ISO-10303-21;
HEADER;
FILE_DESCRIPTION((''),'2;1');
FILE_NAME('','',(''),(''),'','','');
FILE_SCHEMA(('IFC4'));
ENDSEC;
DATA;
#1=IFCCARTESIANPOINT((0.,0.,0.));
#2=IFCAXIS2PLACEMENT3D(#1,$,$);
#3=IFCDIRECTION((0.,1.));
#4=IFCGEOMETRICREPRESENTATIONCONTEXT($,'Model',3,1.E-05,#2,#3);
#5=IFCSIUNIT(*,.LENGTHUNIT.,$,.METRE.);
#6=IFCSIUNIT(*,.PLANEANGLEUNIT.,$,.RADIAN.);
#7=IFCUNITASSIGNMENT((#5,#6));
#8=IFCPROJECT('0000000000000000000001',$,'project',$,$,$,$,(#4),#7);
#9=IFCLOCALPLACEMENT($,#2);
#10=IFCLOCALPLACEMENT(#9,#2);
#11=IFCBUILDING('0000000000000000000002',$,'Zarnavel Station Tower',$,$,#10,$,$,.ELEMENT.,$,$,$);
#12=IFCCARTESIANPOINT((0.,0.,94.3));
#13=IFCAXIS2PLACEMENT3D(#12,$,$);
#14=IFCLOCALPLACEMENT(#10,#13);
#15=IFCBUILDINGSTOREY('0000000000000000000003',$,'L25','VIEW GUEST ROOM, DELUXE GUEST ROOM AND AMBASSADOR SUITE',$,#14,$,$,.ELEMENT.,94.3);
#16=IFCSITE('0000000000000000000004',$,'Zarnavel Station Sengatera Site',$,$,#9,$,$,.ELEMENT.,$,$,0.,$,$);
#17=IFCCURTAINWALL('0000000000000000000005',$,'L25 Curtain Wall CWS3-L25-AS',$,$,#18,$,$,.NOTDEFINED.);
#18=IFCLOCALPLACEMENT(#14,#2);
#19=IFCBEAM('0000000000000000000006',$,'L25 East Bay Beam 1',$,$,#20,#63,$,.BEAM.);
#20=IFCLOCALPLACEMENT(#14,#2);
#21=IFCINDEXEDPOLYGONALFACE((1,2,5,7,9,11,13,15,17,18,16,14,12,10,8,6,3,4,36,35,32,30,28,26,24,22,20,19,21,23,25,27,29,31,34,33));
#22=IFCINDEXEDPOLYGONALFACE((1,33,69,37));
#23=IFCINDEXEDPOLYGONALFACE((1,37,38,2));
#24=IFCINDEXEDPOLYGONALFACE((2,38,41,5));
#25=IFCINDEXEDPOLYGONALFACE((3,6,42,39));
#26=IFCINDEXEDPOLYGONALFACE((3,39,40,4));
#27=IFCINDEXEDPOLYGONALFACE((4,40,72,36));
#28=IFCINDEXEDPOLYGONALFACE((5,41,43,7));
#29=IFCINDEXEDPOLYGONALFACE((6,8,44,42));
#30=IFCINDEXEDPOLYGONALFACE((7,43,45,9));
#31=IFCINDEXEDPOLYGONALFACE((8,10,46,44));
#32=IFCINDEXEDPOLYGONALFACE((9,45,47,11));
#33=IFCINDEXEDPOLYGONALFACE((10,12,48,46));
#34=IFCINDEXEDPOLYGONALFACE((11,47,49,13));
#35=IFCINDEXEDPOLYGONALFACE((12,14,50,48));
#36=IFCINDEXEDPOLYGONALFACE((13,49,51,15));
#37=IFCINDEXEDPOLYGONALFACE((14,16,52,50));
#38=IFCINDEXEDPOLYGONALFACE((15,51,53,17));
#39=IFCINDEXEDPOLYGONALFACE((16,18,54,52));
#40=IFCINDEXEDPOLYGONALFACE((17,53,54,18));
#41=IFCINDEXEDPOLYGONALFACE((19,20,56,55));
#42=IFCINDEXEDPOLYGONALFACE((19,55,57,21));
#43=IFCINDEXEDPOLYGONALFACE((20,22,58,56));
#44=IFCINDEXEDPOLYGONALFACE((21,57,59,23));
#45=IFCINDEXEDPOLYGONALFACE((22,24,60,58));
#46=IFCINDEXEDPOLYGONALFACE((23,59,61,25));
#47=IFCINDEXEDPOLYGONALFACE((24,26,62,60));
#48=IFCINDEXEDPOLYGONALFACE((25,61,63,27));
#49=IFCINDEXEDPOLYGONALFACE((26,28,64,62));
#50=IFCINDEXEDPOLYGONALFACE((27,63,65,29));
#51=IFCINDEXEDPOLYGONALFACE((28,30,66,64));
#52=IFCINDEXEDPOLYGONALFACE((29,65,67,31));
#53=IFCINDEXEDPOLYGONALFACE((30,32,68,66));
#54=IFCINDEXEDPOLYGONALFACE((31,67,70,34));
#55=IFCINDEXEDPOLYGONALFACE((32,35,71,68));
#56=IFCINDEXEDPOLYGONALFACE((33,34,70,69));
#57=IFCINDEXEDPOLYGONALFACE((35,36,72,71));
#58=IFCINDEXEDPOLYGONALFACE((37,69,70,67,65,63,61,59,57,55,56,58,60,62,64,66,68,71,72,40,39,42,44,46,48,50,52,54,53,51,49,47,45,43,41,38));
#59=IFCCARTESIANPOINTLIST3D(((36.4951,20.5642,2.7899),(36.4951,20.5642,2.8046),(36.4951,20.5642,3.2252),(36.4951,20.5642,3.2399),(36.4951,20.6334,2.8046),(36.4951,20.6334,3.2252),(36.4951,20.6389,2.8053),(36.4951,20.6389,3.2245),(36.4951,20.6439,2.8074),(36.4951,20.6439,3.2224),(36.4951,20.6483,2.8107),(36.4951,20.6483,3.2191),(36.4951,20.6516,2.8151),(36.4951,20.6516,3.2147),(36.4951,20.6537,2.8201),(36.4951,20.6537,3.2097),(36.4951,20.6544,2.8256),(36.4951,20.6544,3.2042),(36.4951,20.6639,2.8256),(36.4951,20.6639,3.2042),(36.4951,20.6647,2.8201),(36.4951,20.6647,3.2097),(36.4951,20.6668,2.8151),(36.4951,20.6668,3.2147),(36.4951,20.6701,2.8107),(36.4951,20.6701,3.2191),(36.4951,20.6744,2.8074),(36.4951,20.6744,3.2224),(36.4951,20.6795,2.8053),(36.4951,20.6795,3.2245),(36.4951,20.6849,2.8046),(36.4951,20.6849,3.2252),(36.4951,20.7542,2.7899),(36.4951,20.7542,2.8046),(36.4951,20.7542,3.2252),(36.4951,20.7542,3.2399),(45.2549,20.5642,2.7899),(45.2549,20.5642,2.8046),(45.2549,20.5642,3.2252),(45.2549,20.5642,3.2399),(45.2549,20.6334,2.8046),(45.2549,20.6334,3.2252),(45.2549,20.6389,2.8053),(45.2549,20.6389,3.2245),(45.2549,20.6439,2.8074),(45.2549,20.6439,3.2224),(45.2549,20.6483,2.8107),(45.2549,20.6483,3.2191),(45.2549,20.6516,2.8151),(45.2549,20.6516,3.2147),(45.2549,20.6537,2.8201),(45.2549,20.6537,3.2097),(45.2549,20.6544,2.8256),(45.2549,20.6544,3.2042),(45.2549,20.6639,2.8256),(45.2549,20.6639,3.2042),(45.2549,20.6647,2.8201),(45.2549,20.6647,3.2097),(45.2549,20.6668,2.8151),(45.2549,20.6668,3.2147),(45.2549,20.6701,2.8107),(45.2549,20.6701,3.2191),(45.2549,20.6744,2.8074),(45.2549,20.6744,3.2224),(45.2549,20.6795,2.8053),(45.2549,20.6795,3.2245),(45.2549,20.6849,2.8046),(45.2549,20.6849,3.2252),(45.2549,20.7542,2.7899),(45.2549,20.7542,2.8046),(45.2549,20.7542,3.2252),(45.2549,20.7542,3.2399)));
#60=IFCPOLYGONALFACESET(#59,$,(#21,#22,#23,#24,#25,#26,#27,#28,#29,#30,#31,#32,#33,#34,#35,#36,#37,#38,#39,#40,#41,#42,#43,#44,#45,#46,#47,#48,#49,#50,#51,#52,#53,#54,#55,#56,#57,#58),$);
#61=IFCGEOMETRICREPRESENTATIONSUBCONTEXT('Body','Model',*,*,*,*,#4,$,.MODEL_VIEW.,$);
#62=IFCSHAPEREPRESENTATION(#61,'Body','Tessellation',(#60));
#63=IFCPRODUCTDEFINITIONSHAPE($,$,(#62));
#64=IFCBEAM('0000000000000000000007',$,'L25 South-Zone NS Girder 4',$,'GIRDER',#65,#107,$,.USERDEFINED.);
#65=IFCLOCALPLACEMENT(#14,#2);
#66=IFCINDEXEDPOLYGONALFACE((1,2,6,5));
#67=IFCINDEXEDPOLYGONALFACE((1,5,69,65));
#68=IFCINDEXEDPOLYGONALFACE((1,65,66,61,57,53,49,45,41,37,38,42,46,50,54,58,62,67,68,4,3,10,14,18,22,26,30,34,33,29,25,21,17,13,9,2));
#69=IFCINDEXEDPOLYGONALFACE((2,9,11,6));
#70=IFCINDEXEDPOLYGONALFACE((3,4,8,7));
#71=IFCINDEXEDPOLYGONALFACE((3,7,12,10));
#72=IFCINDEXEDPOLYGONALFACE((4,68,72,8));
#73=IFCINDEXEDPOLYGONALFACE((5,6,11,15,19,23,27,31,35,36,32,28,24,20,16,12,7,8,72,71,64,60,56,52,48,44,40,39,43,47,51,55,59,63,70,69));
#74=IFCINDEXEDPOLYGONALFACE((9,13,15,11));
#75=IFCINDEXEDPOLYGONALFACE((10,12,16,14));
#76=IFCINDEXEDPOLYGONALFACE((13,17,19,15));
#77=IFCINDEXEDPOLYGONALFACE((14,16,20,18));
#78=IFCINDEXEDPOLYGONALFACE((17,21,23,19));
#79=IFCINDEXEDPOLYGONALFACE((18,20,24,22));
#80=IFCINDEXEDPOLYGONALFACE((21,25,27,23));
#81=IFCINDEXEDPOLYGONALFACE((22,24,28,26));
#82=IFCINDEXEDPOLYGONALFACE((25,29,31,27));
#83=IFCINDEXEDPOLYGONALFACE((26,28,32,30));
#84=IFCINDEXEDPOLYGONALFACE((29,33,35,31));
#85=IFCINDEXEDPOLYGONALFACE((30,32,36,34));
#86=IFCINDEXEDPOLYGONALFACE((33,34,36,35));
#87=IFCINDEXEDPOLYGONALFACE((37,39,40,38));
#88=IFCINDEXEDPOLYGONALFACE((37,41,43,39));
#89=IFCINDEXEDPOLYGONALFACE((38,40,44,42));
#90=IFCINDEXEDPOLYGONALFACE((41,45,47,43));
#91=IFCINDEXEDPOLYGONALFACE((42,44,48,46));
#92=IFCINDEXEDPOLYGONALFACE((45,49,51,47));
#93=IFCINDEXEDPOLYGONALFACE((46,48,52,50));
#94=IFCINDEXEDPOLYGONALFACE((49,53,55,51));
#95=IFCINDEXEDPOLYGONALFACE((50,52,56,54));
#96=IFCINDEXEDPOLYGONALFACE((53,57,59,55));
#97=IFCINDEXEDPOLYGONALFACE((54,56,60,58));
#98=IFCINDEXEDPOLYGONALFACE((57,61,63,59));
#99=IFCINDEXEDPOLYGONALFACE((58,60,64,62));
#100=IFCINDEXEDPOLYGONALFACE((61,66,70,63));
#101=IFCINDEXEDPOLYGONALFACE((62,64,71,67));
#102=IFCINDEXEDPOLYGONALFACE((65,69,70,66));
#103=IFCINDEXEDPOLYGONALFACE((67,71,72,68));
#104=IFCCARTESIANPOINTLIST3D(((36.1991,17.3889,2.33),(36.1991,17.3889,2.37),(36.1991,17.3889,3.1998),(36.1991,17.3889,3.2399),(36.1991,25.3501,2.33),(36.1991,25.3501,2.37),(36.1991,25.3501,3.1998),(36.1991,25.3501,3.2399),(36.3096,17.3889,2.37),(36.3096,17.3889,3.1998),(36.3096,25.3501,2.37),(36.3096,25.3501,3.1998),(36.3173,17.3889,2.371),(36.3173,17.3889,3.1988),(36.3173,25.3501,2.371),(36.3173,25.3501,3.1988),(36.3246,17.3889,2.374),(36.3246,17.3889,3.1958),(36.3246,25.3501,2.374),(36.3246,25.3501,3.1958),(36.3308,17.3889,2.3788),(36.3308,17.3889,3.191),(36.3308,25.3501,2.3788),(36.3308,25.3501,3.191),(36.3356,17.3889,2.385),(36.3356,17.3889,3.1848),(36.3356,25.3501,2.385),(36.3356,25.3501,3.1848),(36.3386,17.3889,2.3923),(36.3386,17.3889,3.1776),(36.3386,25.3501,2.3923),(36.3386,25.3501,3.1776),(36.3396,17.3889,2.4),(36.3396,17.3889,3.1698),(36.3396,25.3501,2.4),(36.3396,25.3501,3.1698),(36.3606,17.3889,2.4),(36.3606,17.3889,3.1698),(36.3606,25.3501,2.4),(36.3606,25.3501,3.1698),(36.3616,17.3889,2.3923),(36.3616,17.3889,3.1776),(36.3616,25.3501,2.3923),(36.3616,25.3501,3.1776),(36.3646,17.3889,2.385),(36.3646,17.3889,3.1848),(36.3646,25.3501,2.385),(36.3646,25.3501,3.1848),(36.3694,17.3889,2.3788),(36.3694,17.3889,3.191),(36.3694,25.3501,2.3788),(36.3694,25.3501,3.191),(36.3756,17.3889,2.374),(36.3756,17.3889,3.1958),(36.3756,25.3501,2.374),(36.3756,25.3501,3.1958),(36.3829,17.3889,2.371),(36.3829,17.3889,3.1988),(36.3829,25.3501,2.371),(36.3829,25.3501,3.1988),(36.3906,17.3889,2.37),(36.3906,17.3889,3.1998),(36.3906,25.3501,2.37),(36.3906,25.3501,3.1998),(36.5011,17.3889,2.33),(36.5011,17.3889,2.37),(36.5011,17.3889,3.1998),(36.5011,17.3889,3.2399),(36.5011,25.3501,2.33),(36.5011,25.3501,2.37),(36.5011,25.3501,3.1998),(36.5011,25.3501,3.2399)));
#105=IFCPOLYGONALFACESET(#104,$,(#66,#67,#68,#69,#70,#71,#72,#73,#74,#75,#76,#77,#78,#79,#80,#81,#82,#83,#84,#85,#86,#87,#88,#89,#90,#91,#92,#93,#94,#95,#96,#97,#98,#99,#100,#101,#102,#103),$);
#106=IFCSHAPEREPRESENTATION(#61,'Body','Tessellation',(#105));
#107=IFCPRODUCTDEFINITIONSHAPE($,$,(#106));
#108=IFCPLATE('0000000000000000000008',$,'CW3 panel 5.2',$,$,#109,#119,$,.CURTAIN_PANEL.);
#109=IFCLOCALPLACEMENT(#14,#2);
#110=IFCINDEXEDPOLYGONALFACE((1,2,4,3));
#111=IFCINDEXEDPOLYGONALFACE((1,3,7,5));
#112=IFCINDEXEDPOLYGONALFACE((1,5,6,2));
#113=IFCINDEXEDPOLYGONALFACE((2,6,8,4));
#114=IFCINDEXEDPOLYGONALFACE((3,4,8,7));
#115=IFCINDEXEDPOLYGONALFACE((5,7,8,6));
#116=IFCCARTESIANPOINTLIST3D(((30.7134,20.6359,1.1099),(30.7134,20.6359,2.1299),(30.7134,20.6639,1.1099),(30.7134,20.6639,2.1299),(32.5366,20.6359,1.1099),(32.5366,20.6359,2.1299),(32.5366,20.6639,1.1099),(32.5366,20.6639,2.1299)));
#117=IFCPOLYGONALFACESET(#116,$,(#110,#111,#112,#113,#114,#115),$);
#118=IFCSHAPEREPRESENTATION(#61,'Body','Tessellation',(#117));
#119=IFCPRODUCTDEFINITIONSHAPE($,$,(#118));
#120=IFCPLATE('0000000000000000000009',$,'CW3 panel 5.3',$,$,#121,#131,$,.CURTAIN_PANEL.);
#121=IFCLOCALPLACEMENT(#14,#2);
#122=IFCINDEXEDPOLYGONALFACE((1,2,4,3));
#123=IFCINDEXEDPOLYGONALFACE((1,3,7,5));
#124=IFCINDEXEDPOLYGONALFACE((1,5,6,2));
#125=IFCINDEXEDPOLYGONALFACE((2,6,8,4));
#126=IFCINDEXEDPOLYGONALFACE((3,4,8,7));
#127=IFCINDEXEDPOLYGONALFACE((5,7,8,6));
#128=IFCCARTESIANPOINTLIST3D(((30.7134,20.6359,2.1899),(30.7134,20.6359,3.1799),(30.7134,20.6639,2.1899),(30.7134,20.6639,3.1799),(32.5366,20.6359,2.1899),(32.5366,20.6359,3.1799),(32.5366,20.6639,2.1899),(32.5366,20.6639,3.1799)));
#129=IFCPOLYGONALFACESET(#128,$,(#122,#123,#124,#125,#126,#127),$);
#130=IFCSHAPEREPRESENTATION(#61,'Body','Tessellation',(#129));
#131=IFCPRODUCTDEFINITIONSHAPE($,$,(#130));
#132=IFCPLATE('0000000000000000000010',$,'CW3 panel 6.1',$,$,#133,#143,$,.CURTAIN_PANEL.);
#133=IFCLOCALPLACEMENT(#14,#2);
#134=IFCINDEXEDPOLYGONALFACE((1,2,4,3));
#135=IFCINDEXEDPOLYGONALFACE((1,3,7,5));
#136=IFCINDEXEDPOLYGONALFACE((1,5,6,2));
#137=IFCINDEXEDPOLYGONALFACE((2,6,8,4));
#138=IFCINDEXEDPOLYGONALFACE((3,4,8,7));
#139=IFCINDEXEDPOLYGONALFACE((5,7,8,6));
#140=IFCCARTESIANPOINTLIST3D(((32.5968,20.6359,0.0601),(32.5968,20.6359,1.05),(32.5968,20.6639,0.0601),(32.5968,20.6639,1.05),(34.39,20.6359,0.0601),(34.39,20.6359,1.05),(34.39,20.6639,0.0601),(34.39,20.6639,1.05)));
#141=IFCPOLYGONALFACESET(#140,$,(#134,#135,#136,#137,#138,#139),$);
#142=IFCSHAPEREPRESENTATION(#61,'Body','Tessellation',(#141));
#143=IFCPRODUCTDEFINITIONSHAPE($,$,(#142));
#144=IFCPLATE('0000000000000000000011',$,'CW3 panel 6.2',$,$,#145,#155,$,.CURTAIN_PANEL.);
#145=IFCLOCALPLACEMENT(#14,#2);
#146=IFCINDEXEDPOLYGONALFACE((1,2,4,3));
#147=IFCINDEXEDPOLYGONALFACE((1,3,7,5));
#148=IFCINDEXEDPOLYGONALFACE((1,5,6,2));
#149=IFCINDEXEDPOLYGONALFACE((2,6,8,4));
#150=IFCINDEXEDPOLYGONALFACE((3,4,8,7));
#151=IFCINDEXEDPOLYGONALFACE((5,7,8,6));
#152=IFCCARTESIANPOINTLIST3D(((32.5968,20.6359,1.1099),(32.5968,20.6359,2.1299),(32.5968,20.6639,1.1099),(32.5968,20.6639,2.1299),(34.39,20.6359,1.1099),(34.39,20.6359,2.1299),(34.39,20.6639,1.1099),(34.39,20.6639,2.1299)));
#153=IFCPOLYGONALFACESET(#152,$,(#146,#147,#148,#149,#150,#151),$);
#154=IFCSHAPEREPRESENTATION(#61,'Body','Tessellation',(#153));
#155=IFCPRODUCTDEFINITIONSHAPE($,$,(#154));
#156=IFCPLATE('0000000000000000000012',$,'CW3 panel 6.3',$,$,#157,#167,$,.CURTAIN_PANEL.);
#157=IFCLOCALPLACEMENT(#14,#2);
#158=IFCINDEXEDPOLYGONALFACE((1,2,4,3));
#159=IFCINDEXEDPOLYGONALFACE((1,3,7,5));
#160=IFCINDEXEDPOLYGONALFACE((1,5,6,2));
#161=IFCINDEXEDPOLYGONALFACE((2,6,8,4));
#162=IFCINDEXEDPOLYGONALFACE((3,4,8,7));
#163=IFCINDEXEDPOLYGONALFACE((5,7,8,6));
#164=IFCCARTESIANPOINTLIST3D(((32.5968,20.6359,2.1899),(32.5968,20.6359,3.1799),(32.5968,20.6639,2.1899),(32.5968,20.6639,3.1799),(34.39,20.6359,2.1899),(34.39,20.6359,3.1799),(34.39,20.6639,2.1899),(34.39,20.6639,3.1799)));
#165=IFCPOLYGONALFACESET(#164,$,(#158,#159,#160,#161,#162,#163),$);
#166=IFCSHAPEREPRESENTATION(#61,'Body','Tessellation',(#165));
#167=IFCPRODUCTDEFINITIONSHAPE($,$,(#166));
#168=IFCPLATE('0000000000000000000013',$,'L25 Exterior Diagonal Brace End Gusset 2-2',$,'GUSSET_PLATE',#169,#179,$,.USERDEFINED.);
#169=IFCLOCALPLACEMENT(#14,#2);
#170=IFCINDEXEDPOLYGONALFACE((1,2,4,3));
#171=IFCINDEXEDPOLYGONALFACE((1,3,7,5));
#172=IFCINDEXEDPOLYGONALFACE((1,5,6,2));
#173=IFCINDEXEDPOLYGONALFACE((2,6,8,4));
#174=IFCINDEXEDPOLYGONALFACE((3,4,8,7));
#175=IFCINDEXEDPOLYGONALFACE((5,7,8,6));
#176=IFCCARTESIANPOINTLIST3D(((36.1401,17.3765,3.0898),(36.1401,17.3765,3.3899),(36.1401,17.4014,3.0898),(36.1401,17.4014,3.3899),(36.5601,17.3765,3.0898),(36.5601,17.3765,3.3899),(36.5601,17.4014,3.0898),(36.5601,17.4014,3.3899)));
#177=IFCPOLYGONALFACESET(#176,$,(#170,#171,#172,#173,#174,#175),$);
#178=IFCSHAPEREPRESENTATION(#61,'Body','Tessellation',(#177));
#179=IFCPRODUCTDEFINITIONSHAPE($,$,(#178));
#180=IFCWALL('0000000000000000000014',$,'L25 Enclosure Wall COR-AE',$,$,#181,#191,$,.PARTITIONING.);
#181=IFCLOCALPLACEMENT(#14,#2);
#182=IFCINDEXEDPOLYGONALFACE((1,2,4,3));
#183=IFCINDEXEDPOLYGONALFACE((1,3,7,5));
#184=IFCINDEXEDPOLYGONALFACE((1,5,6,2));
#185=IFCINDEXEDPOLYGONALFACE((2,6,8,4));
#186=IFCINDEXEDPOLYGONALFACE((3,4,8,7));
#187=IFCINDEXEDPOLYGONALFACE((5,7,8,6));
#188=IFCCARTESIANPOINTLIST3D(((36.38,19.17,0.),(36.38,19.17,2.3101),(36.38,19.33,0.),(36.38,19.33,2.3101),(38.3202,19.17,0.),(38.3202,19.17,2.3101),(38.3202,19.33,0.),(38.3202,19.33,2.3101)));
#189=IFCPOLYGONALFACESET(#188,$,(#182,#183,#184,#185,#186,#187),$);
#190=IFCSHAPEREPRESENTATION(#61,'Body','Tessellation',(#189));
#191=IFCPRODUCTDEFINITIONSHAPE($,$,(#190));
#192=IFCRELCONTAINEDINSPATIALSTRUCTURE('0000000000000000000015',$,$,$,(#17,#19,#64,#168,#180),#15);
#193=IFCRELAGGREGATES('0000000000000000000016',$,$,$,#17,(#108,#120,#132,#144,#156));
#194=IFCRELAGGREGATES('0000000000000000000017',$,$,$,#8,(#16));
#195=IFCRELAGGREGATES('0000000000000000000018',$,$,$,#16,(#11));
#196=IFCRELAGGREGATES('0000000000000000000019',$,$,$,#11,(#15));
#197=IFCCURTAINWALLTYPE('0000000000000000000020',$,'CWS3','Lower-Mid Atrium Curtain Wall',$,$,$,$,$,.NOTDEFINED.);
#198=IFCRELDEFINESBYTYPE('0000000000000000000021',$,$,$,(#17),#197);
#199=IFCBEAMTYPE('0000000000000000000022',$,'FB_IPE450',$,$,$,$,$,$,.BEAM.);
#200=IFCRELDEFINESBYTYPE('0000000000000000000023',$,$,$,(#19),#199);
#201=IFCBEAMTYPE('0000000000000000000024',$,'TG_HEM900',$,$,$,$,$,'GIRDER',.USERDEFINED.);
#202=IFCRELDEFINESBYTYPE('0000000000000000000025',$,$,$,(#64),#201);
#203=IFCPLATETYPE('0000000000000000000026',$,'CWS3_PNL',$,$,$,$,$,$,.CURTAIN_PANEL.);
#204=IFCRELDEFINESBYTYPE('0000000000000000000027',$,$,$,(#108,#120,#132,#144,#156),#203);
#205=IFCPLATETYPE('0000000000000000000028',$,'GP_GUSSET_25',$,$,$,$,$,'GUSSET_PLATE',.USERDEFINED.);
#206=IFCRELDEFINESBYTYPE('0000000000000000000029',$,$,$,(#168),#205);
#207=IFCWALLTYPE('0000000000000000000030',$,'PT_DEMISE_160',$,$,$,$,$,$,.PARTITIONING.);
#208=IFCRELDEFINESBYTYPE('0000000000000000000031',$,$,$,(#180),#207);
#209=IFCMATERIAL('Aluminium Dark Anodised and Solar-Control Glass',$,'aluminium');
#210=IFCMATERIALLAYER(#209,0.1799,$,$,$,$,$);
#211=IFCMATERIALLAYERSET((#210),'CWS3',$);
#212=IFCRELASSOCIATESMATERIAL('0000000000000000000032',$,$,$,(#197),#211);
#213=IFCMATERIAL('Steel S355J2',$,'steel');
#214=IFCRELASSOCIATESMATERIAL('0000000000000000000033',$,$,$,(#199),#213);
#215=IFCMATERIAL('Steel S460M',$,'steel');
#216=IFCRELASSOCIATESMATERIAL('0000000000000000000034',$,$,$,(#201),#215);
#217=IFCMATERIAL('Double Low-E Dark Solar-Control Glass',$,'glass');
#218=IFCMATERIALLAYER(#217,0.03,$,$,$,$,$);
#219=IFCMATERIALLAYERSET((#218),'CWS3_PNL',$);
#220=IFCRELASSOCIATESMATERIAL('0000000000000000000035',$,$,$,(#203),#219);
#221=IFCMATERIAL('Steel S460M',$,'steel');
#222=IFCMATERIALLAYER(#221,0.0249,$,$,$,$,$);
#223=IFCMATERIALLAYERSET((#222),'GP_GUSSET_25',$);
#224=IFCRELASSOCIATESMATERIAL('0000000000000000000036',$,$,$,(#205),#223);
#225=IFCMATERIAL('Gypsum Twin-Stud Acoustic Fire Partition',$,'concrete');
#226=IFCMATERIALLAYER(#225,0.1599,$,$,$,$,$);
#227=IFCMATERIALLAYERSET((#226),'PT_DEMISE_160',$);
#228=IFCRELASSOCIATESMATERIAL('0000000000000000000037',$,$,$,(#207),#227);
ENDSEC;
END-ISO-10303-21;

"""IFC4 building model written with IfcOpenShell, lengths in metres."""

from ifc_helpers import new_model, si_unit, direction, frame, frame_2d, origin, origin_2d, place, context, subcontext, project, spatial, rectangle, i_section, extrude, material, layer, layer_set, material_profile, profile_set, type_object, element, aggregate, save


model = new_model("IFC4")

# Units and contexts
model_context = context("Model", 3, precision=1e-05, world=origin(), true_north=direction((0.0, 1.0)))
body_context = subcontext(model_context, "Body", "Model", "MODEL_VIEW")
ifc_project = project(units=[si_unit("LENGTHUNIT", "METRE"), si_unit("PLANEANGLEUNIT", "RADIAN")], contexts=[model_context])

# Site, building, storey
site_placement = place(None, origin())
site = spatial("IfcSite", under=ifc_project, at=site_placement, Name="Zarnavel Station Sengatera Site", CompositionType="ELEMENT", RefElevation=0.0)
building_placement = place(site_placement, origin())
building = spatial("IfcBuilding", under=site, at=building_placement, Name="Zarnavel Station Tower", CompositionType="ELEMENT")
storey_placement = place(building_placement, frame((0.0, 0.0, 94.3)))
storey = spatial("IfcBuildingStorey", under=building, at=storey_placement, Name="L25", Description="VIEW GUEST ROOM, DELUXE GUEST ROOM AND AMBASSADOR SUITE", CompositionType="ELEMENT", Elevation=94.3)

# Curtain wall
ifc_material_1 = material(Name="Aluminium Dark Anodised and Solar-Control Glass", Category="aluminium")
ifc_layer_1 = layer(ifc_material_1, 0.1799)
ifc_layer_set_1 = layer_set([ifc_layer_1], Name="CWS3")
curtain_wall_type = type_object("IfcCurtainWallType", Name="CWS3", Description="Lower-Mid Atrium Curtain Wall", PredefinedType="NOTDEFINED", material=ifc_layer_set_1)
curtain_wall_placement = place(storey_placement, origin())
curtain_wall = element("IfcCurtainWall", 1, at=curtain_wall_placement, inside=storey, type_object=curtain_wall_type, Name="L25 Curtain Wall CWS3-L25-AS", PredefinedType="NOTDEFINED")

# Beams
ifc_material_2 = material(Name="Steel S355J2", Category="steel")
ifc_material_profile_1 = material_profile(ifc_material_2, i_section(OverallWidth=0.1899, OverallDepth=0.45, WebThickness=0.0095, FlangeThickness=0.0146, FilletRadius=0.021, at=origin_2d()), Name="IPE450")
ifc_profile_set_1 = profile_set([ifc_material_profile_1], Name="Steel S355J2")
beam_type_1 = type_object("IfcBeamType", Name="FB_IPE450", PredefinedType="BEAM", material=ifc_profile_set_1)
beam_1_placement = place(storey_placement, frame((36.4951, 20.6592, 3.0149), z_axis=(1.0, 0.0, 0.0), x_axis=(0.0, 1.0, 0.0)))
element("IfcBeam", 2, at=beam_1_placement, inside=storey, type_object=beam_type_1, Name="L25 East Bay Beam 1", PredefinedType="BEAM", context=body_context, shape_type="SweptSolid", body=[
    extrude(i_section(OverallWidth=0.1899, OverallDepth=0.45, WebThickness=0.0095, FlangeThickness=0.0146, FilletRadius=0.021, at=origin_2d()), origin(), (0.0, 0.0, 1.0), 8.7598),
])
ifc_material_3 = material(Name="Steel S460M", Category="steel")
ifc_material_profile_2 = material_profile(ifc_material_3, i_section(OverallWidth=0.302, OverallDepth=0.9099, WebThickness=0.021, FlangeThickness=0.04, FilletRadius=0.03, at=origin_2d()), Name="HEM900")
ifc_profile_set_2 = profile_set([ifc_material_profile_2], Name="Steel S460M")
beam_type_2 = type_object("IfcBeamType", Name="TG_HEM900", ElementType="GIRDER", PredefinedType="USERDEFINED", material=ifc_profile_set_2)
beam_2_placement = place(storey_placement, frame((36.3501, 17.3889, 2.7849), z_axis=(0.0, 1.0, 0.0), x_axis=(-1.0, 0.0, 0.0)))
element("IfcBeam", 3, at=beam_2_placement, inside=storey, type_object=beam_type_2, Name="L25 South-Zone NS Girder 4", ObjectType="GIRDER", PredefinedType="USERDEFINED", context=body_context, shape_type="SweptSolid", body=[
    extrude(i_section(OverallWidth=0.302, OverallDepth=0.9099, WebThickness=0.021, FlangeThickness=0.04, FilletRadius=0.03, at=origin_2d()), origin(), (0.0, 0.0, 1.0), 7.9612),
])

# Plates
ifc_material_4 = material(Name="Double Low-E Dark Solar-Control Glass", Category="glass")
ifc_layer_2 = layer(ifc_material_4, 0.03)
ifc_layer_set_2 = layer_set([ifc_layer_2], Name="CWS3_PNL")
plate_type_1 = type_object("IfcPlateType", Name="CWS3_PNL", PredefinedType="CURTAIN_PANEL", material=ifc_layer_set_2)
plate_1_placement = place(storey_placement, frame((31.625, 20.6499, 1.1099), z_axis=(0.0, 0.0, 1.0), x_axis=(1.0, 0.0, 0.0)))
plate_1 = element("IfcPlate", 4, at=plate_1_placement, type_object=plate_type_1, Name="CW3 panel 5.2", PredefinedType="CURTAIN_PANEL", context=body_context, shape_type="SweptSolid", body=[
    extrude(rectangle(XDim=1.8232, YDim=0.0281, at=origin_2d()), origin(), (0.0, 0.0, 1.0), 1.02),
])
plate_2_placement = place(storey_placement, frame((31.625, 20.6499, 2.1899), z_axis=(0.0, 0.0, 1.0), x_axis=(1.0, 0.0, 0.0)))
plate_2 = element("IfcPlate", 5, at=plate_2_placement, type_object=plate_type_1, Name="CW3 panel 5.3", PredefinedType="CURTAIN_PANEL", context=body_context, shape_type="SweptSolid", body=[
    extrude(rectangle(XDim=1.8232, YDim=0.0281, at=origin_2d()), origin(), (0.0, 0.0, 1.0), 0.99),
])
plate_3_placement = place(storey_placement, frame((33.4934, 20.6499, 0.0601), z_axis=(0.0, 0.0, 1.0), x_axis=(1.0, 0.0, 0.0)))
plate_3 = element("IfcPlate", 6, at=plate_3_placement, type_object=plate_type_1, Name="CW3 panel 6.1", PredefinedType="CURTAIN_PANEL", context=body_context, shape_type="SweptSolid", body=[
    extrude(rectangle(XDim=1.7932, YDim=0.0281, at=origin_2d()), origin(), (0.0, 0.0, 1.0), 0.99),
])
plate_4_placement = place(storey_placement, frame((33.4934, 20.6499, 1.1099), z_axis=(0.0, 0.0, 1.0), x_axis=(1.0, 0.0, 0.0)))
plate_4 = element("IfcPlate", 7, at=plate_4_placement, type_object=plate_type_1, Name="CW3 panel 6.2", PredefinedType="CURTAIN_PANEL", context=body_context, shape_type="SweptSolid", body=[
    extrude(rectangle(XDim=1.7932, YDim=0.0281, at=origin_2d()), origin(), (0.0, 0.0, 1.0), 1.02),
])
plate_5_placement = place(storey_placement, frame((33.4934, 20.6499, 2.1899), z_axis=(0.0, 0.0, 1.0), x_axis=(1.0, 0.0, 0.0)))
plate_5 = element("IfcPlate", 8, at=plate_5_placement, type_object=plate_type_1, Name="CW3 panel 6.3", PredefinedType="CURTAIN_PANEL", context=body_context, shape_type="SweptSolid", body=[
    extrude(rectangle(XDim=1.7932, YDim=0.0281, at=origin_2d()), origin(), (0.0, 0.0, 1.0), 0.99),
])
aggregate(curtain_wall, [plate_1, plate_2, plate_3, plate_4, plate_5])
ifc_material_5 = material(Name="Steel S460M", Category="steel")
ifc_layer_3 = layer(ifc_material_5, 0.0249)
ifc_layer_set_3 = layer_set([ifc_layer_3], Name="GP_GUSSET_25")
plate_type_2 = type_object("IfcPlateType", Name="GP_GUSSET_25", ElementType="GUSSET_PLATE", PredefinedType="USERDEFINED", material=ifc_layer_set_3)
plate_6_placement = place(storey_placement, frame((36.3501, 17.3889, 3.0898), z_axis=(0.0, 0.0, 1.0), x_axis=(1.0, 0.0, 0.0)))
element("IfcPlate", 9, at=plate_6_placement, inside=storey, type_object=plate_type_2, Name="L25 Exterior Diagonal Brace End Gusset 2-2", ObjectType="GUSSET_PLATE", PredefinedType="USERDEFINED", context=body_context, shape_type="SweptSolid", body=[
    extrude(rectangle(XDim=0.4199, YDim=0.0249, at=origin_2d()), origin(), (0.0, 0.0, 1.0), 0.3),
])

# Wall
ifc_material_6 = material(Name="Gypsum Twin-Stud Acoustic Fire Partition", Category="concrete")
ifc_layer_4 = layer(ifc_material_6, 0.1599)
ifc_layer_set_4 = layer_set([ifc_layer_4], Name="PT_DEMISE_160")
wall_type_1 = type_object("IfcWallType", Name="PT_DEMISE_160", PredefinedType="PARTITIONING", material=ifc_layer_set_4)
wall_1_placement = place(storey_placement, frame((36.3799, 19.25, 0.0), z_axis=(0.0, 0.0, 1.0), x_axis=(1.0, 0.0, 0.0)))
element("IfcWall", 10, at=wall_1_placement, inside=storey, type_object=wall_type_1, Name="L25 Enclosure Wall COR-AE", PredefinedType="PARTITIONING", context=body_context, shape_type="SweptSolid", body=[
    extrude(rectangle(XDim=1.9402, YDim=0.1599, at=frame_2d((0.9702, 0.0))), origin(), (0.0, 0.0, 1.0), 2.3101),
])

save(model, "model.ifc")
